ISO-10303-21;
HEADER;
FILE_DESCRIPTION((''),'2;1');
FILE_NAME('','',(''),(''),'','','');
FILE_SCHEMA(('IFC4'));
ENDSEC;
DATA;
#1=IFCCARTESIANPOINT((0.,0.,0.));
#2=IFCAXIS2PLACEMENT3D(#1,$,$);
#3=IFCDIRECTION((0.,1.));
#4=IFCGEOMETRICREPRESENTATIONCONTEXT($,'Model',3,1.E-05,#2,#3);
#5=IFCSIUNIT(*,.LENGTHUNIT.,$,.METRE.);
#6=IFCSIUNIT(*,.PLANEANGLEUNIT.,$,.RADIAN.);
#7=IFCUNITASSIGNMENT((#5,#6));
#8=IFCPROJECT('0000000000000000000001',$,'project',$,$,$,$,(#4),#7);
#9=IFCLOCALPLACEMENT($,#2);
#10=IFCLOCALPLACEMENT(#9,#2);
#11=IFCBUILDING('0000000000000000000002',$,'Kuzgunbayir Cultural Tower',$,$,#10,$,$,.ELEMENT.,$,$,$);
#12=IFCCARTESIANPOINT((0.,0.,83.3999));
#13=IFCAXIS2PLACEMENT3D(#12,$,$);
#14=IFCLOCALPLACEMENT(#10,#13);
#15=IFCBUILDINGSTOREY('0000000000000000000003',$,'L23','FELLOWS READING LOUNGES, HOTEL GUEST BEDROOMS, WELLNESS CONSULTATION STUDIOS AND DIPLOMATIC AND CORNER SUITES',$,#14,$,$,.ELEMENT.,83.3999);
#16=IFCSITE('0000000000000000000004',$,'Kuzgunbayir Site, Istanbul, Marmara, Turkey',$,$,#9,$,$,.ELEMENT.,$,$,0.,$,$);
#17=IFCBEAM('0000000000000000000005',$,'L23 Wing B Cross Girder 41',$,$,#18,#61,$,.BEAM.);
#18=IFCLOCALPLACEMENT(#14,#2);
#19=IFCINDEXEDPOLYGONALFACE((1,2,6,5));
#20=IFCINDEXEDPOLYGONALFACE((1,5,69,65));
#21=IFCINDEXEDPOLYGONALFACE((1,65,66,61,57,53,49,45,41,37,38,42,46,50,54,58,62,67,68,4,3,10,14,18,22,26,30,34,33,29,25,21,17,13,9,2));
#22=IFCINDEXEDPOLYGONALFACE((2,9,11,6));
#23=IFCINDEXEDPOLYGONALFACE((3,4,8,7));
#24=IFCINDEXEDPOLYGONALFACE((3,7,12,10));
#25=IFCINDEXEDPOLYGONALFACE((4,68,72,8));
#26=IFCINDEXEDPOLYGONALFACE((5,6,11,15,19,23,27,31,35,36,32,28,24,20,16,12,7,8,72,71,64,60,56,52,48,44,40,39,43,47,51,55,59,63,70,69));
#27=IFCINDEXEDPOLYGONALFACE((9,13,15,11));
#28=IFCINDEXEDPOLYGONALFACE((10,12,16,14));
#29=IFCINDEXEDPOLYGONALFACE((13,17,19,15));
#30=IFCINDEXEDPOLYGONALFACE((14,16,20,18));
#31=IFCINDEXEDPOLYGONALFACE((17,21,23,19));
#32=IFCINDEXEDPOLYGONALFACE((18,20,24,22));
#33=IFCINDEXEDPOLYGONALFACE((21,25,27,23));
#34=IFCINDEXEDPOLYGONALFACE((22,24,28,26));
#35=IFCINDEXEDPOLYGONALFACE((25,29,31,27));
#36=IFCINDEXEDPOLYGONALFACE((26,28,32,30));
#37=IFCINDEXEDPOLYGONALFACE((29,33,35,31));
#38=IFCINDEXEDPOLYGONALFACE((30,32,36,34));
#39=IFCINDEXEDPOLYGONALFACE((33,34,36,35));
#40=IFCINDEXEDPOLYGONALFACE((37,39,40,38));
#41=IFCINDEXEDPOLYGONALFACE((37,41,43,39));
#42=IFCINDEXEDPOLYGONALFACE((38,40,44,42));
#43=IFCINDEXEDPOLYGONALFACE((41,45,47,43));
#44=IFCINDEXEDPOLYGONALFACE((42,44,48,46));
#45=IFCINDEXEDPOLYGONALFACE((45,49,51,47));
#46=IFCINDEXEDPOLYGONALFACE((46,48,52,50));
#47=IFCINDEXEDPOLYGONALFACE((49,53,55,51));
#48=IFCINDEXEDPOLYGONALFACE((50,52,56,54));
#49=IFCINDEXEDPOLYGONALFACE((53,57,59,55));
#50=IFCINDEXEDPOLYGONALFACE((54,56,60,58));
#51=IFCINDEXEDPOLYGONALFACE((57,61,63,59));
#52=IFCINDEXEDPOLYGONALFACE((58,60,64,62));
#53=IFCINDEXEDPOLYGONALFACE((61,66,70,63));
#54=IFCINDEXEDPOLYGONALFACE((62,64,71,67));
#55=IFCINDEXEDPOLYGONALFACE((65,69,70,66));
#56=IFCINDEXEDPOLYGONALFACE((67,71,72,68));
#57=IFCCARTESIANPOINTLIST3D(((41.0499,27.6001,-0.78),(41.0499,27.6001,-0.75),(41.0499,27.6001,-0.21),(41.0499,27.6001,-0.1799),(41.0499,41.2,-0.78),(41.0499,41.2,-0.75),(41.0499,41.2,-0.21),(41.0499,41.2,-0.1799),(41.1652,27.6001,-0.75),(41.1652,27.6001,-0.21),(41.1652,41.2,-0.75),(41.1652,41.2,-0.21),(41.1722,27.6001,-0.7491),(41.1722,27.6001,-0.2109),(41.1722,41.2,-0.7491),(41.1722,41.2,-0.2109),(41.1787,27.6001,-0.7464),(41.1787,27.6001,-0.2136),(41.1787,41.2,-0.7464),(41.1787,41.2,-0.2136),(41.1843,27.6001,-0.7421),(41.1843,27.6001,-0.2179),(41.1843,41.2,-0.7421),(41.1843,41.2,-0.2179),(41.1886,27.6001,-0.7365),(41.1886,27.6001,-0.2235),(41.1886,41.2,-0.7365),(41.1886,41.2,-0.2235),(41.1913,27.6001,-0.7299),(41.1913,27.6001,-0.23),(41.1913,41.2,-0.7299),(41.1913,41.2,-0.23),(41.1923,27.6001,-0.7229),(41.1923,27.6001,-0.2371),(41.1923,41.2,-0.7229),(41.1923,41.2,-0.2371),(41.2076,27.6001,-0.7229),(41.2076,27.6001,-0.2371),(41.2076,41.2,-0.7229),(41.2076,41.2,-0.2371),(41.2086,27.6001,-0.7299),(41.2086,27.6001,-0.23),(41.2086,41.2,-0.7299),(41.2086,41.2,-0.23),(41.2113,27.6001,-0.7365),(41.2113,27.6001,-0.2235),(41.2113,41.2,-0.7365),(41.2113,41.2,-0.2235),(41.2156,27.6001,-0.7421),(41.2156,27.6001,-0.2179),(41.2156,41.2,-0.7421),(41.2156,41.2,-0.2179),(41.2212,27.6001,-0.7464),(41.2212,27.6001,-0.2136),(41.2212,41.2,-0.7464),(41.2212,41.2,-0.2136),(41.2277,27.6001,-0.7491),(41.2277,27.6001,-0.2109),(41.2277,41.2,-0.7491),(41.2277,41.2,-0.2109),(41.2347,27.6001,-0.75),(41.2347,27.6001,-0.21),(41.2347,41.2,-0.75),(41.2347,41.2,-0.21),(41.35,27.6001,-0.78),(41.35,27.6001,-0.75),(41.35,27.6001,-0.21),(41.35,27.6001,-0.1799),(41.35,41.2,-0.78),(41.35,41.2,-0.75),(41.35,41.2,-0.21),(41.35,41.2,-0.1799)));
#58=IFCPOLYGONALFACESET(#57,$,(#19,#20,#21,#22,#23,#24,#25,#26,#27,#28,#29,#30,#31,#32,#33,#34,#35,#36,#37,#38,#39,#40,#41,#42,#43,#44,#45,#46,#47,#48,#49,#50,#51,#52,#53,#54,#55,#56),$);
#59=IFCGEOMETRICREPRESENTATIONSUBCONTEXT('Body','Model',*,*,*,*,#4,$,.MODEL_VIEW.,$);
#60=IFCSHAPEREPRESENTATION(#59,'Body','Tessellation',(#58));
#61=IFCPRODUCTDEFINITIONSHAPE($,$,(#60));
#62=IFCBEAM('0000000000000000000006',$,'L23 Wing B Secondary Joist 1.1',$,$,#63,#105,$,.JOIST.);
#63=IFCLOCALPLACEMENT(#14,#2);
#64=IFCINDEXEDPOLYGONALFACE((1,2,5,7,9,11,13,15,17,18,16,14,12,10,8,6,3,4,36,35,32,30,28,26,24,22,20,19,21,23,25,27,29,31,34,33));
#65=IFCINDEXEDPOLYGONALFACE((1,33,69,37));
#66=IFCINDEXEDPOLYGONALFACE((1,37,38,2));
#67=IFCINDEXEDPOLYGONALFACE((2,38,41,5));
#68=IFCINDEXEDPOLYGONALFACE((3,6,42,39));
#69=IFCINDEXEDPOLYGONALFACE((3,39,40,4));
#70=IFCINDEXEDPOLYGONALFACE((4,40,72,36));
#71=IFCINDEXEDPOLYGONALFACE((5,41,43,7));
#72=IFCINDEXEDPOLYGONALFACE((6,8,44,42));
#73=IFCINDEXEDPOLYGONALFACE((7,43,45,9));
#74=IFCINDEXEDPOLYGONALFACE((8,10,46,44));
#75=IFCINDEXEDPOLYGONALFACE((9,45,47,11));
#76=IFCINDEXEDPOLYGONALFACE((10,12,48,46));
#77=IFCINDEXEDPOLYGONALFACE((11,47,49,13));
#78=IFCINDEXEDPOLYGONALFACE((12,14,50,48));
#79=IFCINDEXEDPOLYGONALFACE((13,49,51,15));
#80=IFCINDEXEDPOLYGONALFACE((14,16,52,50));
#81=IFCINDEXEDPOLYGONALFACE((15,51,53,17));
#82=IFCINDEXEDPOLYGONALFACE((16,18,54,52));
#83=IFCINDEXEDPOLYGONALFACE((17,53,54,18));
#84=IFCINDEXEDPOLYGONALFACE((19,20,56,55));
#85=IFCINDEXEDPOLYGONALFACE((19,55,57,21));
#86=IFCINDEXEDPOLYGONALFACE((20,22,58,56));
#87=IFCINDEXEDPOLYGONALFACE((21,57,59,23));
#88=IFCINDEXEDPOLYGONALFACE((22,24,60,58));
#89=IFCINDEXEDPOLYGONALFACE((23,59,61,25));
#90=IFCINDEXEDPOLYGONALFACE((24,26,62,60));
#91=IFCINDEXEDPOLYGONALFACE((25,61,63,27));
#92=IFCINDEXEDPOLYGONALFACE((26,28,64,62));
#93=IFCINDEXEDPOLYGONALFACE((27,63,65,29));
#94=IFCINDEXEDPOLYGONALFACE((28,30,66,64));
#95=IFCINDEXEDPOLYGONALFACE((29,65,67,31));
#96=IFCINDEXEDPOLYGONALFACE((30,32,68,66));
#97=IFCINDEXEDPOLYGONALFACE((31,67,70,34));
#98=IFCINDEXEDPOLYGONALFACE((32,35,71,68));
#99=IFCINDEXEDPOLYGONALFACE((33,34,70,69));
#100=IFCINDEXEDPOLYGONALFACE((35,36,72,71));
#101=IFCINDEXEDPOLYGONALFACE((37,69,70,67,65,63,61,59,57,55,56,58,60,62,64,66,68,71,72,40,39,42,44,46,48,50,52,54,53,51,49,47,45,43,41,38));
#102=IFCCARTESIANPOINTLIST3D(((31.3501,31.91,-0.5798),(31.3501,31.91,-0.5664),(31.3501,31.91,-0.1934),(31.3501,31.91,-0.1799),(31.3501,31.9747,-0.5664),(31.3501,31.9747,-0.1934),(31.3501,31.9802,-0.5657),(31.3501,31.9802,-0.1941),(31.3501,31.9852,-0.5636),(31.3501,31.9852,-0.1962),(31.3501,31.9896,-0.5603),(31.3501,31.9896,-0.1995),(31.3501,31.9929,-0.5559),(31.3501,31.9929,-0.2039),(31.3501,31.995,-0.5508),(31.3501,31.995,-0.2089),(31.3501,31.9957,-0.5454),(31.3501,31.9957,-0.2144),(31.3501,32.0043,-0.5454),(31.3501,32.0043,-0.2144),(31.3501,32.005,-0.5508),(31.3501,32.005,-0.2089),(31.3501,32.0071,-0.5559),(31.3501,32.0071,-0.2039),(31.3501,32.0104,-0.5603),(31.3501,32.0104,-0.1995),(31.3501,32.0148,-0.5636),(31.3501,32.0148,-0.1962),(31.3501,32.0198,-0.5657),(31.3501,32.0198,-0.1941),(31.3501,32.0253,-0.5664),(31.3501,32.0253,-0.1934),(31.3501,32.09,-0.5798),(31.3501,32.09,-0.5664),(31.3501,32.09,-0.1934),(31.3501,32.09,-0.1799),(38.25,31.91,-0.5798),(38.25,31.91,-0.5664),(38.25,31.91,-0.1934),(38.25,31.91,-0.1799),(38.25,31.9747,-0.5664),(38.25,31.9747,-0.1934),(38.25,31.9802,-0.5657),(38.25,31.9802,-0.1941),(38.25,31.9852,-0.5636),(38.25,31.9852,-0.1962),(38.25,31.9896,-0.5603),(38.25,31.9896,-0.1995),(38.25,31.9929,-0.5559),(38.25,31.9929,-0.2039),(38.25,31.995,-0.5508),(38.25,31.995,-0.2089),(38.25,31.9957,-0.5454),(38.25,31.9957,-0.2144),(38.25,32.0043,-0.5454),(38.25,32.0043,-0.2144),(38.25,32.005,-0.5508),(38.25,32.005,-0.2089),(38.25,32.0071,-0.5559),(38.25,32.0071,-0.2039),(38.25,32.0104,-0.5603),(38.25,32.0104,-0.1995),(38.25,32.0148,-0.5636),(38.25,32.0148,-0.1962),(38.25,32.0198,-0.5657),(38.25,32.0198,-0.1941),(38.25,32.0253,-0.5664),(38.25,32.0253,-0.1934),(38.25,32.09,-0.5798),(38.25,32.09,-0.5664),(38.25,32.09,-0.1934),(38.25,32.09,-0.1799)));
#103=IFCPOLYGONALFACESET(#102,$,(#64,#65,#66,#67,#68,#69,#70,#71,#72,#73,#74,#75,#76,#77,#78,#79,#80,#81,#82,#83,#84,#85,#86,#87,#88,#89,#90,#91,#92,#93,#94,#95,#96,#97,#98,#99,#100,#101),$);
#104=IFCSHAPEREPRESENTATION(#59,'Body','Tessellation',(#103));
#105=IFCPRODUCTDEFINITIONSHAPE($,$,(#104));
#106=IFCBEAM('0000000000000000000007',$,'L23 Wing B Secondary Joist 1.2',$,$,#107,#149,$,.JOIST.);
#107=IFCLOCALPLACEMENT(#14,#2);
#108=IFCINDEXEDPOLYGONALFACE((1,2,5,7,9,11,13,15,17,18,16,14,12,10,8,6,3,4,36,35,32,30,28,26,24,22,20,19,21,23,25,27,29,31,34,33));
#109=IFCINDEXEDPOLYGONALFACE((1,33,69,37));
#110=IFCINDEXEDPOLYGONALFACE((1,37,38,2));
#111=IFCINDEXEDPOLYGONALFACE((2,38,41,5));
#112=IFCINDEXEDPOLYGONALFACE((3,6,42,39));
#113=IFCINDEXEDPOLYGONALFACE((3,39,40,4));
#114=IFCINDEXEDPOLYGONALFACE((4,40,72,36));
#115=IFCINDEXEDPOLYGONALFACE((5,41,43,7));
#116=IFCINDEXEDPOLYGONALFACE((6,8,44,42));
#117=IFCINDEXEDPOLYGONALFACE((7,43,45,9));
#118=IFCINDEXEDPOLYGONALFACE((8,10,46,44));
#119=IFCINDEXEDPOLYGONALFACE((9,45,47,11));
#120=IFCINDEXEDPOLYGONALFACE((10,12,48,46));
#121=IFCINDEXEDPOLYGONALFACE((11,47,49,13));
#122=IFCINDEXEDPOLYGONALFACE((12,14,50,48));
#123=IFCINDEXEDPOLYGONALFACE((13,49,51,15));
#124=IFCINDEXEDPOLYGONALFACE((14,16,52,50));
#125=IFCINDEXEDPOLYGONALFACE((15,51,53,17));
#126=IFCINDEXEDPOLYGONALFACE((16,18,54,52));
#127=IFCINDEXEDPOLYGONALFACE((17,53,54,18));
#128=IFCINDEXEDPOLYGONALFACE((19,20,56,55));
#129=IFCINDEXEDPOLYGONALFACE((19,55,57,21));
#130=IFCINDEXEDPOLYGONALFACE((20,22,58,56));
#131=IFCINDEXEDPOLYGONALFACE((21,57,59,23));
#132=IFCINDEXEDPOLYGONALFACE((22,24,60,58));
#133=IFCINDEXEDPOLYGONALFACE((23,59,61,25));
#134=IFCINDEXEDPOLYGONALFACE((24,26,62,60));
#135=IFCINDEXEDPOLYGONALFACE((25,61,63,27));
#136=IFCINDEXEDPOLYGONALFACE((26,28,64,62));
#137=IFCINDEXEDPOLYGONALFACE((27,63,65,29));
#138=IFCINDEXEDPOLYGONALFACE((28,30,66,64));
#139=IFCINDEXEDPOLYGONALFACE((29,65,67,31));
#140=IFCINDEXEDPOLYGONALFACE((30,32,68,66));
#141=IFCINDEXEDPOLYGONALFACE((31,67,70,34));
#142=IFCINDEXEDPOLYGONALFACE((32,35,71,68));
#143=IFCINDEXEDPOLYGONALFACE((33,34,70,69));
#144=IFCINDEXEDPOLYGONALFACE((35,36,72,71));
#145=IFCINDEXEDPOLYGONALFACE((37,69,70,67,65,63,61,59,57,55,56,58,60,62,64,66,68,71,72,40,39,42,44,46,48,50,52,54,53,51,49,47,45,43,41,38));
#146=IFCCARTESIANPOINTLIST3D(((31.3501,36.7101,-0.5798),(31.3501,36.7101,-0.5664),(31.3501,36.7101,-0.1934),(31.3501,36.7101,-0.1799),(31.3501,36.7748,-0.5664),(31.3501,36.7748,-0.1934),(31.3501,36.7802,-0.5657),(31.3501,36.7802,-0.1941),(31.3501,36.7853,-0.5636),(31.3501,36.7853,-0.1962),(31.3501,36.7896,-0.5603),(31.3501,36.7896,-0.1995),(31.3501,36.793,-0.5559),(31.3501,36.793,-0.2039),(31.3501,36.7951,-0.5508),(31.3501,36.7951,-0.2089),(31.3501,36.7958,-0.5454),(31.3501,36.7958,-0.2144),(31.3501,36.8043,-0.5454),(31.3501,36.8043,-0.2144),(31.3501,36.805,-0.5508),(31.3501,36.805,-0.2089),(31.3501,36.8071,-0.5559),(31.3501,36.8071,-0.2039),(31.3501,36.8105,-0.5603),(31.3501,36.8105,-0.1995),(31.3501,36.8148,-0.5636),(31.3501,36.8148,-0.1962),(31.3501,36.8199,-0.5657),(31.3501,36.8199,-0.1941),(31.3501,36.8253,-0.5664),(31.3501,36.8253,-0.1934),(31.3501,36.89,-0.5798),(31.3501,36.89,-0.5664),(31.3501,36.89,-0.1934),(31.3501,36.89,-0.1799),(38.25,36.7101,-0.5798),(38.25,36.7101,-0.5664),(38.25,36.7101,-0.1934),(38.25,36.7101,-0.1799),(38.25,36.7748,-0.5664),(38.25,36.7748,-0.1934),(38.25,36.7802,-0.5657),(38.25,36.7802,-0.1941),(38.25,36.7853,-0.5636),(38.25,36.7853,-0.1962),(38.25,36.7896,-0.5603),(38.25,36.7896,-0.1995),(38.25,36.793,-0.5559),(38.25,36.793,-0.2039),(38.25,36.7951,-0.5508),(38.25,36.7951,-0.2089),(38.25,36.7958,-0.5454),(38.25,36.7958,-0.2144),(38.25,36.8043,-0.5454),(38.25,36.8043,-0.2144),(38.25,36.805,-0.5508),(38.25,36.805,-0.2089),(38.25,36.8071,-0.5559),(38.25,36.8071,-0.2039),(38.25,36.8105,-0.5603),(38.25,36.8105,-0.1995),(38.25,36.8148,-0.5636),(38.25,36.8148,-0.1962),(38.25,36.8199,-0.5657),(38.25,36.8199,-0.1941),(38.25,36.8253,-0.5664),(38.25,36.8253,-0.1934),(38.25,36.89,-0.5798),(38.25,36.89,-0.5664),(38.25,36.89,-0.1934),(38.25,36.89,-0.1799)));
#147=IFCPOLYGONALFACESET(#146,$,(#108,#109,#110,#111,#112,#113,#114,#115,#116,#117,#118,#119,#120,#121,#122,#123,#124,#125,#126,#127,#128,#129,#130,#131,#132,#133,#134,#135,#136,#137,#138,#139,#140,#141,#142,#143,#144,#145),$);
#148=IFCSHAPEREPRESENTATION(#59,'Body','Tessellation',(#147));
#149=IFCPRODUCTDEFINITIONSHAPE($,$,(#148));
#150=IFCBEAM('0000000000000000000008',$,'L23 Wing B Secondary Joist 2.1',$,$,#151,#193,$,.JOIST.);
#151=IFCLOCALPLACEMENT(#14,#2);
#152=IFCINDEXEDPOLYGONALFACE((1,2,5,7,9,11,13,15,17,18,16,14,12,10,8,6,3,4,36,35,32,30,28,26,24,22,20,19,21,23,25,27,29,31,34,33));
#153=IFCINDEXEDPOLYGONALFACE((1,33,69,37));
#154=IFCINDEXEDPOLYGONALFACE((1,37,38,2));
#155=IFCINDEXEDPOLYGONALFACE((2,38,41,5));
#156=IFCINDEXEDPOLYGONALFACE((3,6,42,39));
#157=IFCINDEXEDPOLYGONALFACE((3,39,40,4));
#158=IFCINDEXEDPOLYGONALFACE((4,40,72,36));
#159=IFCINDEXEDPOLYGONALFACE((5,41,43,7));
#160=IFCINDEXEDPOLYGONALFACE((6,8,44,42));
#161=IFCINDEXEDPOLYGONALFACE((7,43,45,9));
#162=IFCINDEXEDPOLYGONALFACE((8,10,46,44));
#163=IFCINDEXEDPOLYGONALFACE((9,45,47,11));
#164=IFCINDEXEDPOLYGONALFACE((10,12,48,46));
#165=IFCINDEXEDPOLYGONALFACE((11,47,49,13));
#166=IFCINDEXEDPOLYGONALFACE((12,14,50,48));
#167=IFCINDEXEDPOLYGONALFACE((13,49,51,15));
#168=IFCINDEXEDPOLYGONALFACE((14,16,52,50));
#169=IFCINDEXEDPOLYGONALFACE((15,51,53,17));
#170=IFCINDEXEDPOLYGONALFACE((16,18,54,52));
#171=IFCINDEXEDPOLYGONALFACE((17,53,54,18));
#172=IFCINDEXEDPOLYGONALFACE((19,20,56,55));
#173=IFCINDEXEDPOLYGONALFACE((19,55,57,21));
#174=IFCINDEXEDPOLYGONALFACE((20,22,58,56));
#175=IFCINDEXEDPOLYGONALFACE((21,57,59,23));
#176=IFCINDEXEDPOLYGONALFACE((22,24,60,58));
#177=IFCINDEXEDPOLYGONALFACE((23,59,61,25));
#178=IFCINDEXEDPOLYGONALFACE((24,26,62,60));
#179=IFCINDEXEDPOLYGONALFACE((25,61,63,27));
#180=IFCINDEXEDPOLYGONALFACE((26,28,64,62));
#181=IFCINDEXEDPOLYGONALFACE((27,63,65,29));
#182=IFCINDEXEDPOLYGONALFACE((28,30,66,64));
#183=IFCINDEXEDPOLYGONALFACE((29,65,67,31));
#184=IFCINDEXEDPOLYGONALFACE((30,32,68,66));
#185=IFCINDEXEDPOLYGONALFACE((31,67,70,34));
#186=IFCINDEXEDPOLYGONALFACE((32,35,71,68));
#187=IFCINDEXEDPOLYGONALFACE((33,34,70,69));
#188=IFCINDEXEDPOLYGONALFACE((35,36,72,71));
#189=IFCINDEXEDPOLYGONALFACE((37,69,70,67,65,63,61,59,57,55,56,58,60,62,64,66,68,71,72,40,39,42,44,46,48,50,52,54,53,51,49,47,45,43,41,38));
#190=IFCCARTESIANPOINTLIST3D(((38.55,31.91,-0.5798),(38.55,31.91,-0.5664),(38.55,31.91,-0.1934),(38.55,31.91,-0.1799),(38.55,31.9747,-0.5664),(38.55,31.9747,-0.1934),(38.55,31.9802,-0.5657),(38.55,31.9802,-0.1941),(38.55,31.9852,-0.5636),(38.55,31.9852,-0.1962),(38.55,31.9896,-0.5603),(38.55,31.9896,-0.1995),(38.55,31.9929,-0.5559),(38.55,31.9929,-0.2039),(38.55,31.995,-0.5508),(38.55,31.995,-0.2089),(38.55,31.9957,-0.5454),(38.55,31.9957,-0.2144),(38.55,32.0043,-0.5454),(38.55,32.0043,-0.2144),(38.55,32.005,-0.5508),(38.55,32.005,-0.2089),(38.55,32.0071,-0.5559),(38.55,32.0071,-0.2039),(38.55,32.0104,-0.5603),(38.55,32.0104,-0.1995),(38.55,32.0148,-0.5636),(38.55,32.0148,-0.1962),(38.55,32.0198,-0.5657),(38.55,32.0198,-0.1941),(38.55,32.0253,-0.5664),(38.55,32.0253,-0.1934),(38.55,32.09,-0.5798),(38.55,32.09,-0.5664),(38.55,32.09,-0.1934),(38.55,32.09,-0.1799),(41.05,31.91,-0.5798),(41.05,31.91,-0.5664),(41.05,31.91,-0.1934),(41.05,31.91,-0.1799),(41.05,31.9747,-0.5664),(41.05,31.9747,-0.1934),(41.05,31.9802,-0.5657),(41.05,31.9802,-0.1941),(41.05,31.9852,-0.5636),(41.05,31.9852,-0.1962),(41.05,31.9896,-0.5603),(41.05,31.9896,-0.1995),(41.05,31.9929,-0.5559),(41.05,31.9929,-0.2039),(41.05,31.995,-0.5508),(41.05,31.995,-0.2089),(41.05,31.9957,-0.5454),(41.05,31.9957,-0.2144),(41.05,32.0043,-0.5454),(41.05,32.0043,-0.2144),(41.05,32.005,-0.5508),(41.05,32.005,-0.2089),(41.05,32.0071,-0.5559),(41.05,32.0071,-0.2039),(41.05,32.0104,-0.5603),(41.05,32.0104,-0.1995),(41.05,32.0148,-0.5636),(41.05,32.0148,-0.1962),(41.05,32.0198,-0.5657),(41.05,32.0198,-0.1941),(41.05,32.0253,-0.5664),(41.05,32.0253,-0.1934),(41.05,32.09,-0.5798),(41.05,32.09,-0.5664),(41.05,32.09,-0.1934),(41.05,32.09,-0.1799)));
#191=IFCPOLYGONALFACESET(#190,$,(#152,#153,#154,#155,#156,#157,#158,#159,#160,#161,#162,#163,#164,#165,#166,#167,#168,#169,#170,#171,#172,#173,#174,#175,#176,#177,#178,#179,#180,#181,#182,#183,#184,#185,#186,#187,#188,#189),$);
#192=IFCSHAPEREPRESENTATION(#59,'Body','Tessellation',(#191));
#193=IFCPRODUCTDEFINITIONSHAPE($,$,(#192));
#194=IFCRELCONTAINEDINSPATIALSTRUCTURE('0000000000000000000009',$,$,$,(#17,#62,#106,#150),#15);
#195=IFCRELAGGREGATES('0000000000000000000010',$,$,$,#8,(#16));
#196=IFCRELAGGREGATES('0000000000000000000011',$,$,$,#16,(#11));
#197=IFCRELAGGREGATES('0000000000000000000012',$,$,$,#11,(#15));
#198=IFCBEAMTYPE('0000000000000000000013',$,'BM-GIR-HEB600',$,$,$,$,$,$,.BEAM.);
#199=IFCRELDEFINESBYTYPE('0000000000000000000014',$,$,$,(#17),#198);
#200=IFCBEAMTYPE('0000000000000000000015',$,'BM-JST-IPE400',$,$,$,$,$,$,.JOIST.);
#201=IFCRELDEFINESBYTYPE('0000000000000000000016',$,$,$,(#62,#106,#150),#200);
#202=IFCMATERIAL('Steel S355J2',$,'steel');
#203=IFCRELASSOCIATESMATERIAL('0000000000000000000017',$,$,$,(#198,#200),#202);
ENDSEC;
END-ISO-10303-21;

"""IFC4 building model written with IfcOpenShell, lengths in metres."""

from ifc_helpers import new_model, si_unit, direction, frame, origin, origin_2d, place, context, subcontext, project, spatial, i_section, extrude, material, material_profile, profile_set, type_object, element, save


model = new_model("IFC4")

# Units and contexts
model_context = context("Model", 3, precision=1e-05, world=origin(), true_north=direction((0.0, 1.0)))
body_context = subcontext(model_context, "Body", "Model", "MODEL_VIEW")
ifc_project = project(units=[si_unit("LENGTHUNIT", "METRE"), si_unit("PLANEANGLEUNIT", "RADIAN")], contexts=[model_context])

# Site, building, storey
site_placement = place(None, origin())
site = spatial("IfcSite", under=ifc_project, at=site_placement, Name="Kuzgunbayir Site, Istanbul, Marmara, Turkey", CompositionType="ELEMENT", RefElevation=0.0)
building_placement = place(site_placement, origin())
building = spatial("IfcBuilding", under=site, at=building_placement, Name="Kuzgunbayir Cultural Tower", CompositionType="ELEMENT")
storey_placement = place(building_placement, frame((0.0, 0.0, 83.3999)))
storey = spatial("IfcBuildingStorey", under=building, at=storey_placement, Name="L23", Description="FELLOWS READING LOUNGES, HOTEL GUEST BEDROOMS, WELLNESS CONSULTATION STUDIOS AND DIPLOMATIC AND CORNER SUITES", CompositionType="ELEMENT", Elevation=83.3999)

# Beams
ifc_material_1 = material(Name="Steel S355J2", Category="steel")
ifc_material_profile_1 = material_profile(ifc_material_1, i_section(OverallWidth=0.3, OverallDepth=0.6001, WebThickness=0.0154, FlangeThickness=0.03, FilletRadius=0.0271, at=origin_2d()), Name="HEB 600")
ifc_profile_set_1 = profile_set([ifc_material_profile_1], Name="Steel S355J2")
beam_type_1 = type_object("IfcBeamType", Name="BM-GIR-HEB600", PredefinedType="BEAM", material=ifc_profile_set_1)
beam_1_placement = place(storey_placement, frame((41.2, 27.6001, -0.48), z_axis=(0.0, 1.0, 0.0), x_axis=(-1.0, 0.0, 0.0)))
element("IfcBeam", 1, at=beam_1_placement, inside=storey, type_object=beam_type_1, Name="L23 Wing B Cross Girder 41", PredefinedType="BEAM", context=body_context, shape_type="SweptSolid", body=[
    extrude(i_section(OverallWidth=0.3, OverallDepth=0.6001, WebThickness=0.0154, FlangeThickness=0.03, FilletRadius=0.0271, at=origin_2d()), origin(), (0.0, 0.0, 1.0), 13.5999),
])
ifc_material_profile_2 = material_profile(ifc_material_1, i_section(OverallWidth=0.1799, OverallDepth=0.3999, WebThickness=0.0085, FlangeThickness=0.0134, FilletRadius=0.021, at=origin_2d()), Name="IPE 400")
ifc_profile_set_2 = profile_set([ifc_material_profile_2], Name="Steel S355J2")
beam_type_2 = type_object("IfcBeamType", Name="BM-JST-IPE400", PredefinedType="JOIST", material=ifc_profile_set_2)
for number, where, z_axis, x_axis, name in (
    (2, (31.3501, 32.0, -0.3799), (1.0, 0.0, 0.0), (0.0, 1.0, 0.0), "L23 Wing B Secondary Joist 1.1"),
    (3, (31.3501, 36.8, -0.3799), (1.0, 0.0, 0.0), (0.0, 1.0, 0.0), "L23 Wing B Secondary Joist 1.2"),
):
    element("IfcBeam", number, at=place(storey_placement, frame(where, z_axis=z_axis, x_axis=x_axis)), inside=storey, type_object=beam_type_2, Name=name, PredefinedType="JOIST", context=body_context, shape_type="SweptSolid", body=[
        extrude(i_section(OverallWidth=0.1799, OverallDepth=0.3999, WebThickness=0.0085, FlangeThickness=0.0134, FilletRadius=0.021, at=origin_2d()), origin(), (0.0, 0.0, 1.0), 6.8999),
    ])
for number, where, z_axis, x_axis, name in (
    (4, (38.55, 32.0, -0.3799), (1.0, 0.0, 0.0), (0.0, 1.0, 0.0), "L23 Wing B Secondary Joist 2.1"),
):
    element("IfcBeam", number, at=place(storey_placement, frame(where, z_axis=z_axis, x_axis=x_axis)), inside=storey, type_object=beam_type_2, Name=name, PredefinedType="JOIST", context=body_context, shape_type="SweptSolid", body=[
        extrude(i_section(OverallWidth=0.1799, OverallDepth=0.3999, WebThickness=0.0085, FlangeThickness=0.0134, FilletRadius=0.021, at=origin_2d()), origin(), (0.0, 0.0, 1.0), 2.5),
    ])

save(model, "model.ifc")
